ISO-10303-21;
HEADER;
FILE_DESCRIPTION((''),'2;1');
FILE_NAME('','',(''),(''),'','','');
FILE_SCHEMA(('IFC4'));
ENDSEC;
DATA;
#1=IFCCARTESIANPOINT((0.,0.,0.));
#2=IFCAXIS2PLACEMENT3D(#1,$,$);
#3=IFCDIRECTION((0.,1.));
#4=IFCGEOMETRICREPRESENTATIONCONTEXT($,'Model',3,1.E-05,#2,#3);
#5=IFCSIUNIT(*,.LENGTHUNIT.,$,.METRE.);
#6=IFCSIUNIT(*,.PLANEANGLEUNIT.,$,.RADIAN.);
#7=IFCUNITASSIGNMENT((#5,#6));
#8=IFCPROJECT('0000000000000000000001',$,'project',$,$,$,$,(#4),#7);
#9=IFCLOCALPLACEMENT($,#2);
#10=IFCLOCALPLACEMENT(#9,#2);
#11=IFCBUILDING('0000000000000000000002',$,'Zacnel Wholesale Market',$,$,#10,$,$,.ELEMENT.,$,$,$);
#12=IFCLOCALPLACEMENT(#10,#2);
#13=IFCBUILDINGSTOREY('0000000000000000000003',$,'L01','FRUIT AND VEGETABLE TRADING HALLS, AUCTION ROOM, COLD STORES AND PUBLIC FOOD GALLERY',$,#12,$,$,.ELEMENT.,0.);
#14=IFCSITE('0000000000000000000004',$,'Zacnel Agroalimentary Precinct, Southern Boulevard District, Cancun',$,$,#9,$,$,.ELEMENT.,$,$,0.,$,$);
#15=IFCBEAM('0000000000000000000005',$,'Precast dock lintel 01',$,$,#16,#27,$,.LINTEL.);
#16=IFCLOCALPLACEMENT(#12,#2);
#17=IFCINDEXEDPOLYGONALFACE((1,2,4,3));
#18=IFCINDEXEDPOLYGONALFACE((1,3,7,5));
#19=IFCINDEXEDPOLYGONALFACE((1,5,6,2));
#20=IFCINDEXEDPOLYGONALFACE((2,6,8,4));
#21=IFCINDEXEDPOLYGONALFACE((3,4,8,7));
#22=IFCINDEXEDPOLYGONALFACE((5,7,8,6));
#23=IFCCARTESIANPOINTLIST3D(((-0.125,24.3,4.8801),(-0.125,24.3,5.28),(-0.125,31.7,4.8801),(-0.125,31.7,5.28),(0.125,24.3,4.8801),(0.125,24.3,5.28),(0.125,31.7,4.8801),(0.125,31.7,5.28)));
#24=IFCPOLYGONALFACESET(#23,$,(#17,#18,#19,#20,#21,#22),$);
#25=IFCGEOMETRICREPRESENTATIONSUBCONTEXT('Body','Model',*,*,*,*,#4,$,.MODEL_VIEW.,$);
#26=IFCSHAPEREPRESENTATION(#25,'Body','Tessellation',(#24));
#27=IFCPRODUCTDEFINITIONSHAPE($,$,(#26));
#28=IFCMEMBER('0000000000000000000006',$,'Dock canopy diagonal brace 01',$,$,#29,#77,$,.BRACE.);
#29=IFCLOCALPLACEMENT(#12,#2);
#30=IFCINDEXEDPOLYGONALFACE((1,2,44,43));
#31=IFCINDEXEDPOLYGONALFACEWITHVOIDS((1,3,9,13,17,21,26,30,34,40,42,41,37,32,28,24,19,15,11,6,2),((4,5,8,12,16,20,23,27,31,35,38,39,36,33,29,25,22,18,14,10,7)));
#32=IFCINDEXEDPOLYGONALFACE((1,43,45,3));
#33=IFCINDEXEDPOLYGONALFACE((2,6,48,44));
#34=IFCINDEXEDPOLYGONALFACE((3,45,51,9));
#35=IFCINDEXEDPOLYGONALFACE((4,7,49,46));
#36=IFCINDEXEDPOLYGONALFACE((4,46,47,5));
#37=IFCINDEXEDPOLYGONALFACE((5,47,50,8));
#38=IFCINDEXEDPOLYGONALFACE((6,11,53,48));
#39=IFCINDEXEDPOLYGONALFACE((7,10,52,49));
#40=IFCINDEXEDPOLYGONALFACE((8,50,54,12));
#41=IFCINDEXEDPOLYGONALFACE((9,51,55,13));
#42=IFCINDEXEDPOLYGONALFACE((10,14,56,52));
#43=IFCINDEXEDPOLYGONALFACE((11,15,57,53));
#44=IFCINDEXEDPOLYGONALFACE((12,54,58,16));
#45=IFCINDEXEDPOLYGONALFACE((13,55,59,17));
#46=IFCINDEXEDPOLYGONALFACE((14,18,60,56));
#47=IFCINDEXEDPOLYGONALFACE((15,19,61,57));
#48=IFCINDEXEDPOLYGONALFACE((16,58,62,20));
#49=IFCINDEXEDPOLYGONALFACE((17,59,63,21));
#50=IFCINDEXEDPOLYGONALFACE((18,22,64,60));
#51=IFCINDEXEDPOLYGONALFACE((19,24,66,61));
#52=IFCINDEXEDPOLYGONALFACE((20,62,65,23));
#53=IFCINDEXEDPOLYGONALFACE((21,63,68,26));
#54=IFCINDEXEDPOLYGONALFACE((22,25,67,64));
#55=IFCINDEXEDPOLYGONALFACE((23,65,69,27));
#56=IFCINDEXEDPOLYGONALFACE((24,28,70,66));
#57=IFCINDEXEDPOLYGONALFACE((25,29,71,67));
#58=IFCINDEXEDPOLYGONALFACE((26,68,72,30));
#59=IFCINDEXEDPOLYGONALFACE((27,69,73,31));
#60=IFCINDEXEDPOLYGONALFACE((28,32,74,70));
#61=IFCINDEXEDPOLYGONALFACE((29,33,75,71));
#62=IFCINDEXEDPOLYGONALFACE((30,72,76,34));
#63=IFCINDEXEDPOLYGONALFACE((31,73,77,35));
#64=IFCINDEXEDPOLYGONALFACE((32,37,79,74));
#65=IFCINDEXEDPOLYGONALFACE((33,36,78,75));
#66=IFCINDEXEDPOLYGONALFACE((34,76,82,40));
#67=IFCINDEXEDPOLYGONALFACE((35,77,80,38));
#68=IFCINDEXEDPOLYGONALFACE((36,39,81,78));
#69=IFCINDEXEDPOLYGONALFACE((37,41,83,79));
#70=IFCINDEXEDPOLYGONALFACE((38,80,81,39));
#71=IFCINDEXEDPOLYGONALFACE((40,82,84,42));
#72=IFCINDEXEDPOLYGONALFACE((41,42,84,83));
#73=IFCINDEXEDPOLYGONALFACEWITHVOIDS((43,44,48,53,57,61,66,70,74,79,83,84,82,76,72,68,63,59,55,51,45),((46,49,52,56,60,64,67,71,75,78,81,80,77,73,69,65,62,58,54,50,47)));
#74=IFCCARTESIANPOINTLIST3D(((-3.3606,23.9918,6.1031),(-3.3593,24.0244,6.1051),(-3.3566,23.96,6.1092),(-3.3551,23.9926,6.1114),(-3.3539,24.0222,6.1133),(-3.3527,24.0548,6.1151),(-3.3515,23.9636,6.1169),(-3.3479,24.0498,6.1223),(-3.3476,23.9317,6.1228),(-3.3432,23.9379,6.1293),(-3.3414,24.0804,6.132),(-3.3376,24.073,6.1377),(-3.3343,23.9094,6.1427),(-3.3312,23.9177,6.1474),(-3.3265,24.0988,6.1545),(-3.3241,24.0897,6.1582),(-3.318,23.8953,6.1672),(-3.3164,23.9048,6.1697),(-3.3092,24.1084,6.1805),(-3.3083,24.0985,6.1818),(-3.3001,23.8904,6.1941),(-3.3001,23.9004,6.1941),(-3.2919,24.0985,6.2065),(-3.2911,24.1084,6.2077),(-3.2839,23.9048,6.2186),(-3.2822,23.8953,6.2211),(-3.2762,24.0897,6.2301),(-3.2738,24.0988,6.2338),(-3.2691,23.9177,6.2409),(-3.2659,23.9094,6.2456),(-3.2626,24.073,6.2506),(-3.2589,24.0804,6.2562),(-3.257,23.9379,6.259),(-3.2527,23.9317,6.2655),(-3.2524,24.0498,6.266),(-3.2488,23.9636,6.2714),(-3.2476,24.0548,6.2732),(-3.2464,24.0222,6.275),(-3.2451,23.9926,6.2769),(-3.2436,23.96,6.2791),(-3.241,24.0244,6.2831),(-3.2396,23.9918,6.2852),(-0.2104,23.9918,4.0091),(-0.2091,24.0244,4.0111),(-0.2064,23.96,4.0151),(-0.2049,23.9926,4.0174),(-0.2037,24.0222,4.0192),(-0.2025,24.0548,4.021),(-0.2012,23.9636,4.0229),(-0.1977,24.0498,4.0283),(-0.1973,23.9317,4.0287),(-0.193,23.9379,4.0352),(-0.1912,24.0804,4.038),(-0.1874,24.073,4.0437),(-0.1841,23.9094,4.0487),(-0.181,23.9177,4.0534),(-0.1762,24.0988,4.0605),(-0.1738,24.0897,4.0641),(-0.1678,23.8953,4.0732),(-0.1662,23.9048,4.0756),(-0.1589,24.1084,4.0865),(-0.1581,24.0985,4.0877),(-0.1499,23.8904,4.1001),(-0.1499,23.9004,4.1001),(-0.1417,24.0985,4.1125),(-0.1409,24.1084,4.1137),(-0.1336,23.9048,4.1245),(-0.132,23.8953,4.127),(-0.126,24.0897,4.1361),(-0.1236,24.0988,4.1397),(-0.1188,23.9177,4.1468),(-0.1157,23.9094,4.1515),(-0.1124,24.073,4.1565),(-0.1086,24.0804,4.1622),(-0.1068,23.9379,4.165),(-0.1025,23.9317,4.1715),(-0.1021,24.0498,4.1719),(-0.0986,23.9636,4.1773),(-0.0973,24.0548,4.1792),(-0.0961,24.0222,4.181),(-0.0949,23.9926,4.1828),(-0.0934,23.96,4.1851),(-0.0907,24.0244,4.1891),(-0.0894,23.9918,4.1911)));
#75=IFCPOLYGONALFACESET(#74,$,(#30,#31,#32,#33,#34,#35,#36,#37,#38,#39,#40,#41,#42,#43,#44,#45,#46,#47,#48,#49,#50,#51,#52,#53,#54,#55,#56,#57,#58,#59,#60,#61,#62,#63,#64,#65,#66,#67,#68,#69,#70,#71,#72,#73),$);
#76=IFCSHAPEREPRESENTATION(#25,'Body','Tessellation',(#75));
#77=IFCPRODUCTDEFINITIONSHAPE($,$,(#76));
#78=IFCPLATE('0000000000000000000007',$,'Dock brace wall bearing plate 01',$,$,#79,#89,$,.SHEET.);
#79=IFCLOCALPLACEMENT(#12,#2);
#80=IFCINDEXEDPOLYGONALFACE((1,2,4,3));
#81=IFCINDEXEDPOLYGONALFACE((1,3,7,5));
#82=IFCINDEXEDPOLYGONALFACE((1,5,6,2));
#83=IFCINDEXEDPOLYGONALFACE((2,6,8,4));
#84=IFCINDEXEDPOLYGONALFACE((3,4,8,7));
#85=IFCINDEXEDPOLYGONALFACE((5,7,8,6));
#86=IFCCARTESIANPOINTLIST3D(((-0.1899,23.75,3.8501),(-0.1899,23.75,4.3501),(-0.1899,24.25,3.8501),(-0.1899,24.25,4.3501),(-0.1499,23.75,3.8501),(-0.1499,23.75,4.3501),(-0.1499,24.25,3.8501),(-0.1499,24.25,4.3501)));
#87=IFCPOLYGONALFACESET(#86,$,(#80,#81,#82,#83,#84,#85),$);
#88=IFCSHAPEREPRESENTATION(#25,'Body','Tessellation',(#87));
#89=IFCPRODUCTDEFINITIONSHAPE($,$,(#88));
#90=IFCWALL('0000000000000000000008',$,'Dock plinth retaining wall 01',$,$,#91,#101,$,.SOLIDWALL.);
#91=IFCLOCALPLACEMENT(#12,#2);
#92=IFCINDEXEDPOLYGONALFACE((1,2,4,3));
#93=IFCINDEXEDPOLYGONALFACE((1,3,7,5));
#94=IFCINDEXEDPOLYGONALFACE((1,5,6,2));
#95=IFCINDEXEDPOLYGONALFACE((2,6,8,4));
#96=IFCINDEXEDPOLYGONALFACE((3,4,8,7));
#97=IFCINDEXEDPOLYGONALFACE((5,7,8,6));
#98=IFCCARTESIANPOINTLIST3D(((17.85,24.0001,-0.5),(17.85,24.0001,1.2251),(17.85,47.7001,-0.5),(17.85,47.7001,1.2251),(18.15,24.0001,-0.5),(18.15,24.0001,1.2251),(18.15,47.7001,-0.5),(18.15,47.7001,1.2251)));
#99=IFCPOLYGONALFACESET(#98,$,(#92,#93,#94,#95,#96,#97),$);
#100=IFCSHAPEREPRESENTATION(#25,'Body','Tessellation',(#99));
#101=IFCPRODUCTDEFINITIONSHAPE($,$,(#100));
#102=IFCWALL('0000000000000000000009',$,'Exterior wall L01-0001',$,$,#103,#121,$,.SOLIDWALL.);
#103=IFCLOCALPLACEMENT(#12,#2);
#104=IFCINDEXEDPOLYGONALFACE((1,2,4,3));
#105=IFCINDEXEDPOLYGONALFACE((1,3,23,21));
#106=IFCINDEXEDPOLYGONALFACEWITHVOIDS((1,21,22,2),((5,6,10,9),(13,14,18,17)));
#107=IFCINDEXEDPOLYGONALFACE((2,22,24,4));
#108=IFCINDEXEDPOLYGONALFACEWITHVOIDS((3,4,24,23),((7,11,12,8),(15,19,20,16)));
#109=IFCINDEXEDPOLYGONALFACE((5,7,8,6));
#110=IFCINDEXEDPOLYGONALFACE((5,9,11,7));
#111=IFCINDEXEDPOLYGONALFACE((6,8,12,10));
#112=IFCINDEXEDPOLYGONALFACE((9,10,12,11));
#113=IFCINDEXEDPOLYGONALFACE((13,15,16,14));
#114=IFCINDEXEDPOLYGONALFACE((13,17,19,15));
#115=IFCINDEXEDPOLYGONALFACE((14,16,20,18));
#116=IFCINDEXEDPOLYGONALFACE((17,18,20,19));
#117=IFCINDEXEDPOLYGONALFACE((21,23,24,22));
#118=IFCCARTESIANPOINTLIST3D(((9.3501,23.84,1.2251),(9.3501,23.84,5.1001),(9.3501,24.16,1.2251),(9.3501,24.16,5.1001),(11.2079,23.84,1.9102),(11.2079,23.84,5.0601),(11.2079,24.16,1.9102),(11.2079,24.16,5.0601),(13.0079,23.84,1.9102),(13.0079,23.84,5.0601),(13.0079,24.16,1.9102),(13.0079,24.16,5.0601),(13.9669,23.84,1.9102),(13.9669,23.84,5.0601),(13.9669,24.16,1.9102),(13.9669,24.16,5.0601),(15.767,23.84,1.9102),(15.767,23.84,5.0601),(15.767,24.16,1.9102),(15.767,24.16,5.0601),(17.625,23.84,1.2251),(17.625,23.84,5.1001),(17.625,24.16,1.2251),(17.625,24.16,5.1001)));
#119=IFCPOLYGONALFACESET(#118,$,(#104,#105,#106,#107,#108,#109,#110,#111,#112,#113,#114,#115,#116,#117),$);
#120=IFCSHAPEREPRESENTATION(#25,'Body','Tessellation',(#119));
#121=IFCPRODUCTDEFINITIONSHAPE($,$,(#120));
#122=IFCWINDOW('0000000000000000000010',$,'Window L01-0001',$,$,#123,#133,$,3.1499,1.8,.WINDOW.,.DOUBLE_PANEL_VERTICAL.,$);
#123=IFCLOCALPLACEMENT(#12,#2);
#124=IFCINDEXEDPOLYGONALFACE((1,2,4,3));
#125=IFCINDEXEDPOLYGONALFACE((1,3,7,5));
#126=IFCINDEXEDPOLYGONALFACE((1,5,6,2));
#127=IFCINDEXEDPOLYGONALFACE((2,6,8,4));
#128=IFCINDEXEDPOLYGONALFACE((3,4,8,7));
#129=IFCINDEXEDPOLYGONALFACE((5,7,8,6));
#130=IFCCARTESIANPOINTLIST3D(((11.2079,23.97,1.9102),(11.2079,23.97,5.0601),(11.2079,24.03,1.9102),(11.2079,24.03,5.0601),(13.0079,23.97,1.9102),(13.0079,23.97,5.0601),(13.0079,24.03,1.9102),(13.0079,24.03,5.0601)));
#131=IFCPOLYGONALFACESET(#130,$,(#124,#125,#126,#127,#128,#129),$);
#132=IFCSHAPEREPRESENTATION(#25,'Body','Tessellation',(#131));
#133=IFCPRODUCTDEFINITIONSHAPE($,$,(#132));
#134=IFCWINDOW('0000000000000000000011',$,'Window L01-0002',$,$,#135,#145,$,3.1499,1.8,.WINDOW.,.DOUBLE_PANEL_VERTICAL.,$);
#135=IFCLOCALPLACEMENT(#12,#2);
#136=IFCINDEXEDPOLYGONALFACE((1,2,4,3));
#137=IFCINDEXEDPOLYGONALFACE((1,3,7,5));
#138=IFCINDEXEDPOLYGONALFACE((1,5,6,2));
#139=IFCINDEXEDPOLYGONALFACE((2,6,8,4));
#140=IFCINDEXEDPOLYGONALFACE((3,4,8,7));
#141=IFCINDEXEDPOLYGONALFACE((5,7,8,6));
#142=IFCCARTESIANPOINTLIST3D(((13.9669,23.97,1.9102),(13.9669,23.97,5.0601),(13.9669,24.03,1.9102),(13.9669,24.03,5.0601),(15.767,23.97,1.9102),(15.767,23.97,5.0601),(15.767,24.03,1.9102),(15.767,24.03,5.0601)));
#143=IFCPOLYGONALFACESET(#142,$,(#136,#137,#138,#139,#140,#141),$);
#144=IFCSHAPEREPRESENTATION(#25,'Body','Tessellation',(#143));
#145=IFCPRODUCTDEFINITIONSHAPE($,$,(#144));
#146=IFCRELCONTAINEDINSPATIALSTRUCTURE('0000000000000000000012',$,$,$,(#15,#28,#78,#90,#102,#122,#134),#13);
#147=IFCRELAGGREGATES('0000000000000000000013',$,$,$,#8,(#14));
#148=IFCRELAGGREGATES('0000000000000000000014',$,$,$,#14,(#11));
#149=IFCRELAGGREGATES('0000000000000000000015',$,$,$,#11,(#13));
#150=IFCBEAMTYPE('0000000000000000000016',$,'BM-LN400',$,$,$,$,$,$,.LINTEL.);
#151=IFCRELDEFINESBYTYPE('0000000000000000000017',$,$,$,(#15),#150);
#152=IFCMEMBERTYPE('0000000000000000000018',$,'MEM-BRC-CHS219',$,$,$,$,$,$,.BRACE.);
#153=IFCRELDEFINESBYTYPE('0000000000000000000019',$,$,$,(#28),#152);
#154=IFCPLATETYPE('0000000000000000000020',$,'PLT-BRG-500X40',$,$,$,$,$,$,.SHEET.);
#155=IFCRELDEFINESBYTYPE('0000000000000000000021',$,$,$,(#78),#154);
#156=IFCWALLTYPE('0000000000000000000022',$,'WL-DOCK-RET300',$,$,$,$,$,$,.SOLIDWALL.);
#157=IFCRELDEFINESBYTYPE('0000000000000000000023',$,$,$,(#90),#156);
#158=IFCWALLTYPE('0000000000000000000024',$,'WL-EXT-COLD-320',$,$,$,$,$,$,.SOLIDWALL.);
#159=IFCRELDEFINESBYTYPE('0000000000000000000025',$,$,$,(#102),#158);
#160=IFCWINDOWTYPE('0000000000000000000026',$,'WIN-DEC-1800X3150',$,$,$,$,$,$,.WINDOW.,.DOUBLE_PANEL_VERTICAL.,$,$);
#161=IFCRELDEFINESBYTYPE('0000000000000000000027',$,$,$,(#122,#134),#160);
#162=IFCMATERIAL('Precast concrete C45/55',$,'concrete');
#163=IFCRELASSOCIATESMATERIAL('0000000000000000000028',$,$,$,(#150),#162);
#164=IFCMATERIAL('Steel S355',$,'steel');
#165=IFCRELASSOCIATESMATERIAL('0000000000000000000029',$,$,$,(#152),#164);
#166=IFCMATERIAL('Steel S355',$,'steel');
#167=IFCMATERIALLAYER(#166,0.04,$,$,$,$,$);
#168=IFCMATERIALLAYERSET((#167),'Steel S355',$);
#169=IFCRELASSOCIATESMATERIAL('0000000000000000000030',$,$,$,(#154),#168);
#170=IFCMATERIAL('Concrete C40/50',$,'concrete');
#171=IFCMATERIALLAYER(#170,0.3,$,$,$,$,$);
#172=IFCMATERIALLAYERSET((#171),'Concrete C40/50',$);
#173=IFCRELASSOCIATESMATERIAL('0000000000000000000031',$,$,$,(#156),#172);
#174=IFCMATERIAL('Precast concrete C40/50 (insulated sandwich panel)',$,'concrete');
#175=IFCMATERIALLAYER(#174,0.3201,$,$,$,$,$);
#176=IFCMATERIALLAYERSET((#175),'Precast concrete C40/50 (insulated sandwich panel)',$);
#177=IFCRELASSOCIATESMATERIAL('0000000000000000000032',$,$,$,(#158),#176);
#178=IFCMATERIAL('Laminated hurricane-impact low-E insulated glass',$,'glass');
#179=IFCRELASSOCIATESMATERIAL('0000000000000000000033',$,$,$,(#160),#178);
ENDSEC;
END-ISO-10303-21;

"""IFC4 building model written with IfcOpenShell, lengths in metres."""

from ifc_helpers import new_model, si_unit, direction, frame, frame_2d, origin, origin_2d, place, context, subcontext, project, spatial, rectangle, hollow_circle, extrude, material, layer, layer_set, material_profile, profile_set, type_object, element, fill, save


model = new_model("IFC4")

# Units and contexts
model_context = context("Model", 3, precision=1e-05, world=origin(), true_north=direction((0.0, 1.0)))
body_context = subcontext(model_context, "Body", "Model", "MODEL_VIEW")
ifc_project = project(units=[si_unit("LENGTHUNIT", "METRE"), si_unit("PLANEANGLEUNIT", "RADIAN")], contexts=[model_context])

# Site, building, storey
site_placement = place(None, origin())
site = spatial("IfcSite", under=ifc_project, at=site_placement, Name="Zacnel Agroalimentary Precinct, Southern Boulevard District, Cancun", CompositionType="ELEMENT", RefElevation=0.0)
building_placement = place(site_placement, origin())
building = spatial("IfcBuilding", under=site, at=building_placement, Name="Zacnel Wholesale Market", CompositionType="ELEMENT")
storey_placement = place(building_placement, origin())
storey = spatial("IfcBuildingStorey", under=building, at=storey_placement, Name="L01", Description="FRUIT AND VEGETABLE TRADING HALLS, AUCTION ROOM, COLD STORES AND PUBLIC FOOD GALLERY", CompositionType="ELEMENT", Elevation=0.0)

# Beam
ifc_material_1 = material(Name="Precast concrete C45/55", Category="concrete")
ifc_material_profile_1 = material_profile(ifc_material_1, rectangle(XDim=0.25, YDim=0.3999, at=origin_2d()), Name="LN 250x400")
ifc_profile_set_1 = profile_set([ifc_material_profile_1], Name="Precast concrete C45/55")
beam_type = type_object("IfcBeamType", Name="BM-LN400", PredefinedType="LINTEL", material=ifc_profile_set_1)
beam_placement = place(storey_placement, frame((0.0, 24.3, 5.0801), z_axis=(0.0, 1.0, 0.0), x_axis=(-1.0, 0.0, 0.0)))
element("IfcBeam", 1, at=beam_placement, inside=storey, type_object=beam_type, Name="Precast dock lintel 01", PredefinedType="LINTEL", context=body_context, shape_type="SweptSolid", body=[
    extrude(rectangle(XDim=0.25, YDim=0.3999, at=origin_2d()), origin(), (0.0, 0.0, 1.0), 7.3999),
])

# Member
ifc_material_2 = material(Name="Steel S355", Category="steel")
ifc_material_profile_2 = material_profile(ifc_material_2, hollow_circle(Radius=0.1096, WallThickness=0.01, at=origin_2d()), Name="CHS 219.1x10")
ifc_profile_set_2 = profile_set([ifc_material_profile_2], Name="Steel S355")
member_type = type_object("IfcMemberType", Name="MEM-BRC-CHS219", PredefinedType="BRACE", material=ifc_profile_set_2)
member_placement = place(storey_placement, frame((-0.1499, 24.0, 4.1001), z_axis=(-0.832794, 0.0, 0.553583), x_axis=(0.0, -1.0, 0.0)))
element("IfcMember", 2, at=member_placement, inside=storey, type_object=member_type, Name="Dock canopy diagonal brace 01", PredefinedType="BRACE", context=body_context, shape_type="SweptSolid", body=[
    extrude(hollow_circle(Radius=0.1096, WallThickness=0.01, at=origin_2d()), origin(), (0.0, 0.0, 1.0), 3.7827),
])

# Plate
ifc_material_3 = material(Name="Steel S355", Category="steel")
ifc_layer_1 = layer(ifc_material_3, 0.04)
ifc_layer_set_1 = layer_set([ifc_layer_1], Name="Steel S355")
plate_type = type_object("IfcPlateType", Name="PLT-BRG-500X40", PredefinedType="SHEET", material=ifc_layer_set_1)
plate_placement = place(storey_placement, frame((-0.1699, 24.0, 3.8501), z_axis=(0.0, 0.0, 1.0), x_axis=(1.0, 0.0, 0.0)))
element("IfcPlate", 3, at=plate_placement, inside=storey, type_object=plate_type, Name="Dock brace wall bearing plate 01", PredefinedType="SHEET", context=body_context, shape_type="SweptSolid", body=[
    extrude(rectangle(XDim=0.04, YDim=0.5, at=origin_2d()), origin(), (0.0, 0.0, 1.0), 0.5),
])

# Wall
ifc_material_4 = material(Name="Concrete C40/50", Category="concrete")
ifc_layer_2 = layer(ifc_material_4, 0.3)
ifc_layer_set_2 = layer_set([ifc_layer_2], Name="Concrete C40/50")
wall_type_1 = type_object("IfcWallType", Name="WL-DOCK-RET300", PredefinedType="SOLIDWALL", material=ifc_layer_set_2)
wall_1_placement = place(storey_placement, frame((18.0, 24.0, -0.5), z_axis=(0.0, 0.0, 1.0), x_axis=(0.0, 1.0, 0.0)))
element("IfcWall", 4, at=wall_1_placement, inside=storey, type_object=wall_type_1, Name="Dock plinth retaining wall 01", PredefinedType="SOLIDWALL", context=body_context, shape_type="SweptSolid", body=[
    extrude(rectangle(XDim=23.7, YDim=0.3, at=frame_2d((11.8501, 0.0))), origin(), (0.0, 0.0, 1.0), 1.7251),
])

# Wall, openings, windows
ifc_material_5 = material(Name="Precast concrete C40/50 (insulated sandwich panel)", Category="concrete")
ifc_layer_3 = layer(ifc_material_5, 0.3201)
ifc_layer_set_3 = layer_set([ifc_layer_3], Name="Precast concrete C40/50 (insulated sandwich panel)")
wall_type_2 = type_object("IfcWallType", Name="WL-EXT-COLD-320", PredefinedType="SOLIDWALL", material=ifc_layer_set_3)
wall_2_placement = place(storey_placement, frame((9.3501, 24.0, 1.2251), z_axis=(0.0, 0.0, 1.0), x_axis=(1.0, 0.0, 0.0)))
wall_2 = element("IfcWall", 5, at=wall_2_placement, inside=storey, type_object=wall_type_2, Name="Exterior wall L01-0001", PredefinedType="SOLIDWALL", context=body_context, shape_type="SweptSolid", body=[
    extrude(rectangle(XDim=8.2749, YDim=0.3201, at=frame_2d((4.1375, 0.0))), origin(), (0.0, 0.0, 1.0), 3.875),
])
opening_1_placement = place(wall_2_placement, frame((1.8579, 0.0, 0.6851)))
opening_1 = element("IfcOpeningElement", 6, at=opening_1_placement, cuts=wall_2, PredefinedType="OPENING", context=body_context, shape_type="SweptSolid", body=[
    extrude(rectangle(XDim=1.8, YDim=3.1499, at=frame_2d((0.8999, 1.575))), frame((0.0, 0.1699, 0.0), z_axis=(0.0, -1.0, 0.0), x_axis=(1.0, 0.0, 0.0)), (0.0, 0.0, 1.0), 0.3401),
])
opening_2_placement = place(wall_2_placement, frame((4.6169, 0.0, 0.6851)))
opening_2 = element("IfcOpeningElement", 7, at=opening_2_placement, cuts=wall_2, PredefinedType="OPENING", context=body_context, shape_type="SweptSolid", body=[
    extrude(rectangle(XDim=1.8, YDim=3.1499, at=frame_2d((0.8999, 1.575))), frame((0.0, 0.1699, 0.0), z_axis=(0.0, -1.0, 0.0), x_axis=(1.0, 0.0, 0.0)), (0.0, 0.0, 1.0), 0.3401),
])
ifc_material_6 = material(Name="Laminated hurricane-impact low-E insulated glass", Category="glass")
window_type = type_object("IfcWindowType", Name="WIN-DEC-1800X3150", PartitioningType="DOUBLE_PANEL_VERTICAL", PredefinedType="WINDOW", material=ifc_material_6)
window_1_placement = place(opening_1_placement, origin())
window_1 = element("IfcWindow", 8, at=window_1_placement, inside=storey, type_object=window_type, Name="Window L01-0001", OverallHeight=3.1499, OverallWidth=1.8, PartitioningType="DOUBLE_PANEL_VERTICAL", PredefinedType="WINDOW", context=body_context, shape_type="SweptSolid", body=[
    extrude(rectangle(XDim=1.8, YDim=3.1499, at=frame_2d((0.8999, 1.575))), frame((0.0, 0.03, 0.0), z_axis=(0.0, -1.0, 0.0), x_axis=(1.0, 0.0, 0.0)), (0.0, 0.0, 1.0), 0.0601),
])
fill(opening_1, window_1)
window_2_placement = place(opening_2_placement, origin())
window_2 = element("IfcWindow", 9, at=window_2_placement, inside=storey, type_object=window_type, Name="Window L01-0002", OverallHeight=3.1499, OverallWidth=1.8, PartitioningType="DOUBLE_PANEL_VERTICAL", PredefinedType="WINDOW", context=body_context, shape_type="SweptSolid", body=[
    extrude(rectangle(XDim=1.8, YDim=3.1499, at=frame_2d((0.8999, 1.575))), frame((0.0, 0.03, 0.0), z_axis=(0.0, -1.0, 0.0), x_axis=(1.0, 0.0, 0.0)), (0.0, 0.0, 1.0), 0.0601),
])
fill(opening_2, window_2)

save(model, "model.ifc")
